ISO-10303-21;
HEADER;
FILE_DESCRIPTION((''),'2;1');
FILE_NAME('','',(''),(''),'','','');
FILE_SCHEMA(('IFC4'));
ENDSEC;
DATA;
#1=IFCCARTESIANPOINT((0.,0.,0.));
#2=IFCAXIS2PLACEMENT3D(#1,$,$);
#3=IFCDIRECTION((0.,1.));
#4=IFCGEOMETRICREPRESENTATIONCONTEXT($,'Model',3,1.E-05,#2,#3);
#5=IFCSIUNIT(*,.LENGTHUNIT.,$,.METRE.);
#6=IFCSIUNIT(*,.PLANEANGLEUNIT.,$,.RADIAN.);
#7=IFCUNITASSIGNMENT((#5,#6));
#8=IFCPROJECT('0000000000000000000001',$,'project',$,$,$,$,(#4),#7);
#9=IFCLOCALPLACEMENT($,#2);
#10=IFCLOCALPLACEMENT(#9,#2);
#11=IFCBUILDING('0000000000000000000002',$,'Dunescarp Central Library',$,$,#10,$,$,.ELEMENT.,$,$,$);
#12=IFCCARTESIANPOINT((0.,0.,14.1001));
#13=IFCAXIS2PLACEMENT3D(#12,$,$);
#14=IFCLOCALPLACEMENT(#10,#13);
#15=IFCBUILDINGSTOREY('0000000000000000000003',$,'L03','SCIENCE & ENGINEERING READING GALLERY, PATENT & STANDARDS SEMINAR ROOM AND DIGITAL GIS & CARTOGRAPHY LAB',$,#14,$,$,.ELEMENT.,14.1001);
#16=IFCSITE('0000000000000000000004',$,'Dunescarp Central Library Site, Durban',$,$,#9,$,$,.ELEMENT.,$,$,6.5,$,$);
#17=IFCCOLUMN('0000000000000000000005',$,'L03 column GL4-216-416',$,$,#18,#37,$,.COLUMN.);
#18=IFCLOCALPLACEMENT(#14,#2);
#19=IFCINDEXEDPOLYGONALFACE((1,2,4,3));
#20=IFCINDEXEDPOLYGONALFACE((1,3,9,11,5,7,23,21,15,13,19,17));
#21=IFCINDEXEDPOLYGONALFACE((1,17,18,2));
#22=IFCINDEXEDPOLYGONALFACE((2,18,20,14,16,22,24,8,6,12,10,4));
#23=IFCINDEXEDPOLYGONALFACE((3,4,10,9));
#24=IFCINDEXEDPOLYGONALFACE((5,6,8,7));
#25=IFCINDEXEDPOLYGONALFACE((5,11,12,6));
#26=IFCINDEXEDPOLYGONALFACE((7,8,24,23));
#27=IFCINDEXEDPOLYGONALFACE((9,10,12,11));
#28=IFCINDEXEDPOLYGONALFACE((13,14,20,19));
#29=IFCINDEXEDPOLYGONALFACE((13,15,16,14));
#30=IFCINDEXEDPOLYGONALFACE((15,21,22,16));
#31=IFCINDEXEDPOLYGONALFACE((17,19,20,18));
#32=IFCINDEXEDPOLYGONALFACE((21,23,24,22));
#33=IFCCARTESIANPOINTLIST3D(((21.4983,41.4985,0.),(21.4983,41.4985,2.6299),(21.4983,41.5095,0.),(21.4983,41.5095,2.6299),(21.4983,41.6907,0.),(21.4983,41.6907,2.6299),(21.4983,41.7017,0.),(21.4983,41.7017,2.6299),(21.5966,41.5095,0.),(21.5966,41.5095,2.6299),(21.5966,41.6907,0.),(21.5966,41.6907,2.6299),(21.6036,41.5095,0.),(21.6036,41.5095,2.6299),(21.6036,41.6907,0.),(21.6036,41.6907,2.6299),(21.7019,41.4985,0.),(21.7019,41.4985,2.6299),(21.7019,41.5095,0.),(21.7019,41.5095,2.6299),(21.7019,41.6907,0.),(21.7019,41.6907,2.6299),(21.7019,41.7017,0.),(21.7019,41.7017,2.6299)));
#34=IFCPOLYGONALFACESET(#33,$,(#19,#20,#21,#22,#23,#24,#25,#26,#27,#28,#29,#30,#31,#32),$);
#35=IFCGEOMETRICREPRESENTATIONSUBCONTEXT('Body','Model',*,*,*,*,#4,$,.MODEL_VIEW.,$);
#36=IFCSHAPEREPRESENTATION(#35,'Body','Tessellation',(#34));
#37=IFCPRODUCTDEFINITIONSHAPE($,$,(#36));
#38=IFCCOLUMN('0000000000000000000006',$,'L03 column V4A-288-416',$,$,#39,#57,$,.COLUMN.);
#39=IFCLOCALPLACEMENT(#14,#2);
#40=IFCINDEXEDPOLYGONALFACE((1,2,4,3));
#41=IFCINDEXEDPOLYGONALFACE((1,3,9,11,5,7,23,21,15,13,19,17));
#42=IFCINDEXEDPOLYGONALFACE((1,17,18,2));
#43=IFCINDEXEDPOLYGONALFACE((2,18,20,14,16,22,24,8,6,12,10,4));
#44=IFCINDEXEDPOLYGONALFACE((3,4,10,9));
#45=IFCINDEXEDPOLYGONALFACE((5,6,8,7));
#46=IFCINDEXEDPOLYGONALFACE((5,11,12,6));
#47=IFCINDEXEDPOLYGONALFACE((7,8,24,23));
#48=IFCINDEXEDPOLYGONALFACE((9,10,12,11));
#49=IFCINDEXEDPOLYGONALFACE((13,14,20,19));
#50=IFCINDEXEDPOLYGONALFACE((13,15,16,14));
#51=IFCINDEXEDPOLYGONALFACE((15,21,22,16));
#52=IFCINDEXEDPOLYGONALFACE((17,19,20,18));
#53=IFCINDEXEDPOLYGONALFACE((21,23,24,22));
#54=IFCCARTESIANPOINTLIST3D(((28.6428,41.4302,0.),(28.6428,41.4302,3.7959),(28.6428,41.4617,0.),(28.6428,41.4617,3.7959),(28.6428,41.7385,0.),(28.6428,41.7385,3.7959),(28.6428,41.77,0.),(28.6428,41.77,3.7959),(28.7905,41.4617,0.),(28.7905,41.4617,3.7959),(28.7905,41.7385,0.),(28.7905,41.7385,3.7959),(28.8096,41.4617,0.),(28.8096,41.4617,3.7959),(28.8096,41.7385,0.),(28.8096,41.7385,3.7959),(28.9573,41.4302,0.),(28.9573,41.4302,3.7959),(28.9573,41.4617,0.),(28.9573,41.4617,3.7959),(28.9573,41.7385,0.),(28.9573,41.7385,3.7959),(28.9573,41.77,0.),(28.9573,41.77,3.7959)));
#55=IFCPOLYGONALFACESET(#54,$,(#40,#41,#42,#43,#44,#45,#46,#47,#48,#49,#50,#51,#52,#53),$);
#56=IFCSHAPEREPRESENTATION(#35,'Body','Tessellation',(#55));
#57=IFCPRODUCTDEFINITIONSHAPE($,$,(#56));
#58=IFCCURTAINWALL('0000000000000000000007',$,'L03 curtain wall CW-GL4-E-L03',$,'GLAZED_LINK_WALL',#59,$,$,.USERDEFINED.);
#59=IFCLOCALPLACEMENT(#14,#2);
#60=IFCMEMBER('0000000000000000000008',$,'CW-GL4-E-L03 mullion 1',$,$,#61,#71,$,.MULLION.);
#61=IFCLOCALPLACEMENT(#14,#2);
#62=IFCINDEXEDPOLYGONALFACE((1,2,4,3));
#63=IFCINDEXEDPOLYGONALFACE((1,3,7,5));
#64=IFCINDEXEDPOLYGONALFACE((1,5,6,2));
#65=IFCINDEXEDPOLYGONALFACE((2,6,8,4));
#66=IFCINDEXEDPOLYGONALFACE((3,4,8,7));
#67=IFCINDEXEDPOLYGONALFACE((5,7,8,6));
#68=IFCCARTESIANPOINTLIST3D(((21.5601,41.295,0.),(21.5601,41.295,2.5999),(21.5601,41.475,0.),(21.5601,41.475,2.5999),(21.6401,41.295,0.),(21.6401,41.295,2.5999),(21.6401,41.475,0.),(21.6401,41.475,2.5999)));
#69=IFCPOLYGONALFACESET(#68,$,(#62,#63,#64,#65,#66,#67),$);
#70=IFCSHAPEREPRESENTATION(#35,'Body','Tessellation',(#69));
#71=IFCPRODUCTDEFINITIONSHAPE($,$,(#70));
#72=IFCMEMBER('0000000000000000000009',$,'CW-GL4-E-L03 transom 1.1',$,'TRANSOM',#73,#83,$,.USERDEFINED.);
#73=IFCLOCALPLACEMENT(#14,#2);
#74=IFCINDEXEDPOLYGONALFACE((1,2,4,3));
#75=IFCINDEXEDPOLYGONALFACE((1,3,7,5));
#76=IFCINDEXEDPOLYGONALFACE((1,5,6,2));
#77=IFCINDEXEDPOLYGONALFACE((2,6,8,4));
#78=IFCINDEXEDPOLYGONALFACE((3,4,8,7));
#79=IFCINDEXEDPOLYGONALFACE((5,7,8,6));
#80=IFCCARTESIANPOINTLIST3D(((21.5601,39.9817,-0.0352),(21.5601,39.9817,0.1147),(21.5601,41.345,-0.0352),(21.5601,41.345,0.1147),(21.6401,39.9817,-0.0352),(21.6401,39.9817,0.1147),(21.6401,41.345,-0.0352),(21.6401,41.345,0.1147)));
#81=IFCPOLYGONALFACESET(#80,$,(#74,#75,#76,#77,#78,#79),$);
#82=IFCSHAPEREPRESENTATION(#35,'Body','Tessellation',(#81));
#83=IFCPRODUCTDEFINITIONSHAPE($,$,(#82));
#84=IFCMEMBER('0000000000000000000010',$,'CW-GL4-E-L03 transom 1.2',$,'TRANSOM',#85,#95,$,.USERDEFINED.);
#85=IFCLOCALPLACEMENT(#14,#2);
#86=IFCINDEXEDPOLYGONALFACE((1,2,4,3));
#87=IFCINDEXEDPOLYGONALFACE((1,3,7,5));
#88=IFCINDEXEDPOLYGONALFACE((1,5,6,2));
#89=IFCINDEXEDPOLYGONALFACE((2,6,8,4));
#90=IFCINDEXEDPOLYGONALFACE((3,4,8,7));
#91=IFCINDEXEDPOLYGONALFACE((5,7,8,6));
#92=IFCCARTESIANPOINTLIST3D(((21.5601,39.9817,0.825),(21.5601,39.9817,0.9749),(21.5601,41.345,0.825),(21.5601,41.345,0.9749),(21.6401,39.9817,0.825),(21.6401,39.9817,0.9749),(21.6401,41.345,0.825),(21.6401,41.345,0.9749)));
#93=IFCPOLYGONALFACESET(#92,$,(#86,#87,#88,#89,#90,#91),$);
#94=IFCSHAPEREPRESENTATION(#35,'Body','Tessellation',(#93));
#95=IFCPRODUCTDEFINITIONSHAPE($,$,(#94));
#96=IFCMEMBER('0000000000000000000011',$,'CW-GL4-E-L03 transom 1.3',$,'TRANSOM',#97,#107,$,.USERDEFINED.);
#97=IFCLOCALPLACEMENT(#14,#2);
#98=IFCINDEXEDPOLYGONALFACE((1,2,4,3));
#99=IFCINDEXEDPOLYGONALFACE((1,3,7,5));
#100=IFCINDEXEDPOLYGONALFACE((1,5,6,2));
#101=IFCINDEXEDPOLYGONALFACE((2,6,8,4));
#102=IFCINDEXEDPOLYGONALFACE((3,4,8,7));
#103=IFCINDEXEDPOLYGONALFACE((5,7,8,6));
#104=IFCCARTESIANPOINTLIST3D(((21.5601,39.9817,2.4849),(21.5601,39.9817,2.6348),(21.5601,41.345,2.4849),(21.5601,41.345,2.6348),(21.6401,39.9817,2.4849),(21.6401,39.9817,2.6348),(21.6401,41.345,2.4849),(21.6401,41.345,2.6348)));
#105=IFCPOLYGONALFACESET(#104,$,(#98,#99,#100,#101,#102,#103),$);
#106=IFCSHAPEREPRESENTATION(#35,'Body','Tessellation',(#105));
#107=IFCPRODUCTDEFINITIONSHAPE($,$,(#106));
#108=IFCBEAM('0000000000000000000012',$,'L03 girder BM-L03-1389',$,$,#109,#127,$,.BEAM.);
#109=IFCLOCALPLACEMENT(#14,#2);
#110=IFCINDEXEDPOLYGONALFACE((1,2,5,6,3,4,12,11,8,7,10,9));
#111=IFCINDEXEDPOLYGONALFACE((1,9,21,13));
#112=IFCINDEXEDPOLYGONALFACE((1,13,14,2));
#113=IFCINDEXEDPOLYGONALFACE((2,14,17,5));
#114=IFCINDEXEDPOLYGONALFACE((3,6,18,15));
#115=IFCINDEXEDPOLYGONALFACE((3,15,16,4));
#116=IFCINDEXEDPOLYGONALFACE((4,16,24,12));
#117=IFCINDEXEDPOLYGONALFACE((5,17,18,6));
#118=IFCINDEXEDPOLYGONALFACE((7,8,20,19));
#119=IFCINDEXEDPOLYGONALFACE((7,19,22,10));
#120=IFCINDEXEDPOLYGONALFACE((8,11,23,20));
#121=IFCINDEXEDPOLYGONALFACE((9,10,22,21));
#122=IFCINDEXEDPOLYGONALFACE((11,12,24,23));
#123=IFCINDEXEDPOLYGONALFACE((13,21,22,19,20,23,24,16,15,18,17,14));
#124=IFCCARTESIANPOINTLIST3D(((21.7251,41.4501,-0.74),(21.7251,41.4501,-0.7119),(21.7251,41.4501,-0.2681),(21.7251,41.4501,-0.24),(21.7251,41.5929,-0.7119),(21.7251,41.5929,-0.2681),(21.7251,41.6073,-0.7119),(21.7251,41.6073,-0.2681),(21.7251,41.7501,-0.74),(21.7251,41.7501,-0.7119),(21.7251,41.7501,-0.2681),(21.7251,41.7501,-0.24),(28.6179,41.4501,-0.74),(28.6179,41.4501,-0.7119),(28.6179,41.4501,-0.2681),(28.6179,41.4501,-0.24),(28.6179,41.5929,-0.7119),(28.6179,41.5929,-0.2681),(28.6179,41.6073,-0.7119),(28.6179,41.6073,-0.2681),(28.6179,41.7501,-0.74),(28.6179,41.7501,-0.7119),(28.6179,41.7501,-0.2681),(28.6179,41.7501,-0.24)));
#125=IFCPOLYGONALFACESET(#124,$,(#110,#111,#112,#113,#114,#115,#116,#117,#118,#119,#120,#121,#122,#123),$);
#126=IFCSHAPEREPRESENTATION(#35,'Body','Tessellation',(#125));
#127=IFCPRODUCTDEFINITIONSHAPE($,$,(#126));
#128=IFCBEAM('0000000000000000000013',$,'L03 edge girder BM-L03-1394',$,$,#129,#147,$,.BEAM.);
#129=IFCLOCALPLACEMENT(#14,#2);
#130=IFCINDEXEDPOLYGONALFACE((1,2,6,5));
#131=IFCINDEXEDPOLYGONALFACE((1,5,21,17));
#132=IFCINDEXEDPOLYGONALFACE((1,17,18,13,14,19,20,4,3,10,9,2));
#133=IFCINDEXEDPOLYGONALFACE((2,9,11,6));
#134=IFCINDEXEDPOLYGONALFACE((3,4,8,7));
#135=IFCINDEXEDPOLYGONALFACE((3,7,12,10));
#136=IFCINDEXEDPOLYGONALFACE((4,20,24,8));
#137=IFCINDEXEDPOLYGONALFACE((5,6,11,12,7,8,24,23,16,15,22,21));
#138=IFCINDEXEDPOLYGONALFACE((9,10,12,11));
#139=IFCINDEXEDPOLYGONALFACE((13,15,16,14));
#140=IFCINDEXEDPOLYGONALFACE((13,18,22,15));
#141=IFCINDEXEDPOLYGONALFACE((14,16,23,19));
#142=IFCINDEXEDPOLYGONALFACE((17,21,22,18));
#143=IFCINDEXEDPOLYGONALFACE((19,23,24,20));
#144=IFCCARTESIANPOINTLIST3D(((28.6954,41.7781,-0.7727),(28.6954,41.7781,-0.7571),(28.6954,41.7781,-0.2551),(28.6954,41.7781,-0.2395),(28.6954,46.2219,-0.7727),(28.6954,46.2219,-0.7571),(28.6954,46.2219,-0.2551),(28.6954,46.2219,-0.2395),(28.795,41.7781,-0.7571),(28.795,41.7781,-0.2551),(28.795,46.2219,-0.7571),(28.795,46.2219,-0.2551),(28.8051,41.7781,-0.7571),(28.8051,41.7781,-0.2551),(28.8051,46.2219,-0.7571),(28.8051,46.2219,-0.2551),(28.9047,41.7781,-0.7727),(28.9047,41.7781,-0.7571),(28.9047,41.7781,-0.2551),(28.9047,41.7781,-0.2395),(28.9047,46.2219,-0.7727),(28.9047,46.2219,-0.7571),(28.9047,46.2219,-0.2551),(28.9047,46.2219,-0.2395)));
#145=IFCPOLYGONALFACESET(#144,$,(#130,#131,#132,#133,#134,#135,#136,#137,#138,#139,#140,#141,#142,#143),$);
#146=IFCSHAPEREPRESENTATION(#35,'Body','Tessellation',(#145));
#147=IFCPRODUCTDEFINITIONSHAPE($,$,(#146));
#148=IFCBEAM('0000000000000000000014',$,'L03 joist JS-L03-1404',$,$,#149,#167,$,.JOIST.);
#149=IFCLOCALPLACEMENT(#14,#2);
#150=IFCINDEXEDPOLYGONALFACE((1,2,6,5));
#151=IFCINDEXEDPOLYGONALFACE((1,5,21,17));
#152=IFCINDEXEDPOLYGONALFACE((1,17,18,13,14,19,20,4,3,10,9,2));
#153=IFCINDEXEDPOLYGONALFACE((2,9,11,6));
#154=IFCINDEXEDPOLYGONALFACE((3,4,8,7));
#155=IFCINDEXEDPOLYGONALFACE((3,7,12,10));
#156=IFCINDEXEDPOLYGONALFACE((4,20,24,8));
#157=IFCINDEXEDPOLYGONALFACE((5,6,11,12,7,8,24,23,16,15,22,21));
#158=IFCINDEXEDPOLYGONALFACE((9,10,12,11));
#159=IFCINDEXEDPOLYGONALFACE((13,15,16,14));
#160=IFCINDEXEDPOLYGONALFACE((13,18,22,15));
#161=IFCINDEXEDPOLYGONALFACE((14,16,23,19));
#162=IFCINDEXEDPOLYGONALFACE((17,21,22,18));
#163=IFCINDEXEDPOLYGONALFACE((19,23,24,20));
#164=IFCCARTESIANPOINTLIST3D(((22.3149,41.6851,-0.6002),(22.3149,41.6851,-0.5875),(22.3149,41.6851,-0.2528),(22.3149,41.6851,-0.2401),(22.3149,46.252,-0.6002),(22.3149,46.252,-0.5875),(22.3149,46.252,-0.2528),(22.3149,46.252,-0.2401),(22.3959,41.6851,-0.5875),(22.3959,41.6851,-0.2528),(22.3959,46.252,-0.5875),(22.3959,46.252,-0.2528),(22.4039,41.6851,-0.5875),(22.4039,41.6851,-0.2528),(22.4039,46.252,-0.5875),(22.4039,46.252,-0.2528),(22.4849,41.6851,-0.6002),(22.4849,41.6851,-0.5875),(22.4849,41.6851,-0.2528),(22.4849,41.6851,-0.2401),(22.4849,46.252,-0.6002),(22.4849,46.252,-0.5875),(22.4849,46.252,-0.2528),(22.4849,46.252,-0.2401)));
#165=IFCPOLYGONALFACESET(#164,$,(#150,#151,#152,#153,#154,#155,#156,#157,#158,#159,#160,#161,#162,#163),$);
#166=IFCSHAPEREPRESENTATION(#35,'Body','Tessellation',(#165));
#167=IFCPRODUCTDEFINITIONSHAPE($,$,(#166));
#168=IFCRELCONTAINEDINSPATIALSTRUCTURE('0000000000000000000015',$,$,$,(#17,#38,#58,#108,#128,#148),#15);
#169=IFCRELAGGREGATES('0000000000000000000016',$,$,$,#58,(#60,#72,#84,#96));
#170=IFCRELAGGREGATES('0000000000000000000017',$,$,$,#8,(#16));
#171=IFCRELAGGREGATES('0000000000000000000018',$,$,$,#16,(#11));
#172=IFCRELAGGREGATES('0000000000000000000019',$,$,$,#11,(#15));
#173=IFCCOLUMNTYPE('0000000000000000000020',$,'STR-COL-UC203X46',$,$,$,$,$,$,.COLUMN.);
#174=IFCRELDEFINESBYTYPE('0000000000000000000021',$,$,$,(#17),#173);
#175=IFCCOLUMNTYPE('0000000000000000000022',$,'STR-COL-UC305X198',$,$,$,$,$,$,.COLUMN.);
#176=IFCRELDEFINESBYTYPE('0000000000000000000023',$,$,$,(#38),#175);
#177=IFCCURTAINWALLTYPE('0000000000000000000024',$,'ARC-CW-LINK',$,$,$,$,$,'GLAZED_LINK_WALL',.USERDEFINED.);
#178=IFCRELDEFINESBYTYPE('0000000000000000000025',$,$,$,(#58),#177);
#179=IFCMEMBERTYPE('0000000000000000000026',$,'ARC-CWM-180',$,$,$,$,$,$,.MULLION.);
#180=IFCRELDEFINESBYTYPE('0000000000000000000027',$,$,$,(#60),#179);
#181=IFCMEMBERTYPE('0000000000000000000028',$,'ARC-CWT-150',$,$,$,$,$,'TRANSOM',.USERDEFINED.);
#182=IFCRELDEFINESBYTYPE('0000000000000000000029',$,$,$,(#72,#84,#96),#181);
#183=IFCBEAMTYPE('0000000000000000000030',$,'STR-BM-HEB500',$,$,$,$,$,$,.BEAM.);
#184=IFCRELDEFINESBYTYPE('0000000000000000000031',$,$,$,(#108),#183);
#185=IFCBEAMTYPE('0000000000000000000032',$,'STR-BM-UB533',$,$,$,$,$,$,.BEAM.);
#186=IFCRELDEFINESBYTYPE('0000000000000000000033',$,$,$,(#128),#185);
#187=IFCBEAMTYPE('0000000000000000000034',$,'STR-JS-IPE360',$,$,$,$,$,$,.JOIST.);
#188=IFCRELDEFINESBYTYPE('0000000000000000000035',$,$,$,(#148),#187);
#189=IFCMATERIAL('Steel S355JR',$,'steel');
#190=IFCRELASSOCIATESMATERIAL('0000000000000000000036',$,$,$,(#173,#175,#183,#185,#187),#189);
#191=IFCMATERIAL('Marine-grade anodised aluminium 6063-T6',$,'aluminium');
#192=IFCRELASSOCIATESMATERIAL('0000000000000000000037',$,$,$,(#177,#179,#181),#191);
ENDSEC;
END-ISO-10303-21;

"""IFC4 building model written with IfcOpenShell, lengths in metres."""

from ifc_helpers import new_model, si_unit, direction, frame, origin, origin_2d, place, context, subcontext, project, spatial, rectangle, i_section, extrude, material, material_profile, profile_set, type_object, element, aggregate, save


model = new_model("IFC4")

# Units and contexts
model_context = context("Model", 3, precision=1e-05, world=origin(), true_north=direction((0.0, 1.0)))
body_context = subcontext(model_context, "Body", "Model", "MODEL_VIEW")
ifc_project = project(units=[si_unit("LENGTHUNIT", "METRE"), si_unit("PLANEANGLEUNIT", "RADIAN")], contexts=[model_context])

# Site, building, storey
site_placement = place(None, origin())
site = spatial("IfcSite", under=ifc_project, at=site_placement, Name="Dunescarp Central Library Site, Durban", CompositionType="ELEMENT", RefElevation=6.5)
building_placement = place(site_placement, origin())
building = spatial("IfcBuilding", under=site, at=building_placement, Name="Dunescarp Central Library", CompositionType="ELEMENT")
storey_placement = place(building_placement, frame((0.0, 0.0, 14.1001)))
storey = spatial("IfcBuildingStorey", under=building, at=storey_placement, Name="L03", Description="SCIENCE & ENGINEERING READING GALLERY, PATENT & STANDARDS SEMINAR ROOM AND DIGITAL GIS & CARTOGRAPHY LAB", CompositionType="ELEMENT", Elevation=14.1001)

# Columns
ifc_material_1 = material(Name="Steel S355JR", Category="steel")
ifc_material_profile_1 = material_profile(ifc_material_1, i_section(OverallWidth=0.2036, OverallDepth=0.2031, WebThickness=0.0071, FlangeThickness=0.011, at=origin_2d()), Name="UC 203x203x46")
ifc_profile_set_1 = profile_set([ifc_material_profile_1], Name="Steel S355JR")
column_type_1 = type_object("IfcColumnType", Name="STR-COL-UC203X46", PredefinedType="COLUMN", material=ifc_profile_set_1)
column_1_placement = place(storey_placement, frame((21.6001, 41.6001, 0.0), z_axis=(0.0, 0.0, 1.0), x_axis=(1.0, 0.0, 0.0)))
element("IfcColumn", 1, at=column_1_placement, inside=storey, type_object=column_type_1, Name="L03 column GL4-216-416", PredefinedType="COLUMN", context=body_context, shape_type="SweptSolid", body=[
    extrude(i_section(OverallWidth=0.2036, OverallDepth=0.2031, WebThickness=0.0071, FlangeThickness=0.011, at=origin_2d()), origin(), (0.0, 0.0, 1.0), 2.6299),
])
ifc_material_profile_2 = material_profile(ifc_material_1, i_section(OverallWidth=0.3145, OverallDepth=0.3398, WebThickness=0.019, FlangeThickness=0.0315, at=origin_2d()), Name="UC 305x305x198")
ifc_profile_set_2 = profile_set([ifc_material_profile_2], Name="Steel S355JR")
column_type_2 = type_object("IfcColumnType", Name="STR-COL-UC305X198", PredefinedType="COLUMN", material=ifc_profile_set_2)
column_2_placement = place(storey_placement, frame((28.8, 41.6001, 0.0), z_axis=(0.0, 0.0, 1.0), x_axis=(1.0, 0.0, 0.0)))
element("IfcColumn", 2, at=column_2_placement, inside=storey, type_object=column_type_2, Name="L03 column V4A-288-416", PredefinedType="COLUMN", context=body_context, shape_type="SweptSolid", body=[
    extrude(i_section(OverallWidth=0.3145, OverallDepth=0.3398, WebThickness=0.019, FlangeThickness=0.0315, at=origin_2d()), origin(), (0.0, 0.0, 1.0), 3.7959),
])

# Curtain wall, members
ifc_material_2 = material(Name="Marine-grade anodised aluminium 6063-T6", Category="aluminium")
curtain_wall_type = type_object("IfcCurtainWallType", Name="ARC-CW-LINK", ElementType="GLAZED_LINK_WALL", PredefinedType="USERDEFINED", material=ifc_material_2)
curtain_wall_placement = place(storey_placement, origin())
curtain_wall = element("IfcCurtainWall", 3, at=curtain_wall_placement, inside=storey, type_object=curtain_wall_type, Name="L03 curtain wall CW-GL4-E-L03", ObjectType="GLAZED_LINK_WALL", PredefinedType="USERDEFINED")
ifc_material_profile_3 = material_profile(ifc_material_2, rectangle(XDim=0.0801, YDim=0.1799, at=origin_2d()), Name="AL 80x180")
ifc_profile_set_3 = profile_set([ifc_material_profile_3], Name="Marine-grade anodised aluminium 6063-T6")
member_type_1 = type_object("IfcMemberType", Name="ARC-CWM-180", PredefinedType="MULLION", material=ifc_profile_set_3)
member_1_placement = place(storey_placement, frame((21.6001, 41.385, 0.0), z_axis=(0.0, 0.0, 1.0), x_axis=(1.0, 0.0, 0.0)))
member_1 = element("IfcMember", 4, at=member_1_placement, type_object=member_type_1, Name="CW-GL4-E-L03 mullion 1", PredefinedType="MULLION", context=body_context, shape_type="SweptSolid", body=[
    extrude(rectangle(XDim=0.0801, YDim=0.1799, at=origin_2d()), origin(), (0.0, 0.0, 1.0), 2.5999),
])
ifc_material_profile_4 = material_profile(ifc_material_2, rectangle(XDim=0.0801, YDim=0.1499, at=origin_2d()), Name="AL 80x150")
ifc_profile_set_4 = profile_set([ifc_material_profile_4], Name="Marine-grade anodised aluminium 6063-T6")
member_type_2 = type_object("IfcMemberType", Name="ARC-CWT-150", ElementType="TRANSOM", PredefinedType="USERDEFINED", material=ifc_profile_set_4)
member_2_placement = place(storey_placement, frame((21.6001, 41.345, 0.0398), z_axis=(0.0, -1.0, 0.0), x_axis=(1.0, 0.0, 0.0)))
member_2 = element("IfcMember", 5, at=member_2_placement, type_object=member_type_2, Name="CW-GL4-E-L03 transom 1.1", ObjectType="TRANSOM", PredefinedType="USERDEFINED", context=body_context, shape_type="SweptSolid", body=[
    extrude(rectangle(XDim=0.0801, YDim=0.1499, at=origin_2d()), origin(), (0.0, 0.0, 1.0), 1.3633),
])
member_3_placement = place(storey_placement, frame((21.6001, 41.345, 0.8999), z_axis=(0.0, -1.0, 0.0), x_axis=(1.0, 0.0, 0.0)))
member_3 = element("IfcMember", 6, at=member_3_placement, type_object=member_type_2, Name="CW-GL4-E-L03 transom 1.2", ObjectType="TRANSOM", PredefinedType="USERDEFINED", context=body_context, shape_type="SweptSolid", body=[
    extrude(rectangle(XDim=0.0801, YDim=0.1499, at=origin_2d()), origin(), (0.0, 0.0, 1.0), 1.3633),
])
member_4_placement = place(storey_placement, frame((21.6001, 41.345, 2.5598), z_axis=(0.0, -1.0, 0.0), x_axis=(1.0, 0.0, 0.0)))
member_4 = element("IfcMember", 7, at=member_4_placement, type_object=member_type_2, Name="CW-GL4-E-L03 transom 1.3", ObjectType="TRANSOM", PredefinedType="USERDEFINED", context=body_context, shape_type="SweptSolid", body=[
    extrude(rectangle(XDim=0.0801, YDim=0.1499, at=origin_2d()), origin(), (0.0, 0.0, 1.0), 1.3633),
])
aggregate(curtain_wall, [member_1, member_2, member_3, member_4])

# Beams
ifc_material_profile_5 = material_profile(ifc_material_1, i_section(OverallWidth=0.3, OverallDepth=0.5, WebThickness=0.0144, FlangeThickness=0.0281, at=origin_2d()), Name="HEB 500")
ifc_profile_set_5 = profile_set([ifc_material_profile_5], Name="Steel S355JR")
beam_type_1 = type_object("IfcBeamType", Name="STR-BM-HEB500", PredefinedType="BEAM", material=ifc_profile_set_5)
beam_1_placement = place(storey_placement, frame((21.7251, 41.6001, -0.49), z_axis=(1.0, 0.0, 0.0), x_axis=(0.0, 1.0, 0.0)))
element("IfcBeam", 8, at=beam_1_placement, inside=storey, type_object=beam_type_1, Name="L03 girder BM-L03-1389", PredefinedType="BEAM", context=body_context, shape_type="SweptSolid", body=[
    extrude(i_section(OverallWidth=0.3, OverallDepth=0.5, WebThickness=0.0144, FlangeThickness=0.0281, at=origin_2d()), origin(), (0.0, 0.0, 1.0), 6.8928),
])
ifc_material_profile_6 = material_profile(ifc_material_1, i_section(OverallWidth=0.2092, OverallDepth=0.5332, WebThickness=0.01, FlangeThickness=0.0156, at=origin_2d()), Name="UB 533x210x92")
ifc_profile_set_6 = profile_set([ifc_material_profile_6], Name="Steel S355JR")
beam_type_2 = type_object("IfcBeamType", Name="STR-BM-UB533", PredefinedType="BEAM", material=ifc_profile_set_6)
beam_2_placement = place(storey_placement, frame((28.8, 41.7781, -0.5061), z_axis=(0.0, 1.0, 0.0), x_axis=(-1.0, 0.0, 0.0)))
element("IfcBeam", 9, at=beam_2_placement, inside=storey, type_object=beam_type_2, Name="L03 edge girder BM-L03-1394", PredefinedType="BEAM", context=body_context, shape_type="SweptSolid", body=[
    extrude(i_section(OverallWidth=0.2092, OverallDepth=0.5332, WebThickness=0.01, FlangeThickness=0.0156, at=origin_2d()), origin(), (0.0, 0.0, 1.0), 4.4438),
])
ifc_material_profile_7 = material_profile(ifc_material_1, i_section(OverallWidth=0.1699, OverallDepth=0.3601, WebThickness=0.0081, FlangeThickness=0.0127, at=origin_2d()), Name="IPE 360")
ifc_profile_set_7 = profile_set([ifc_material_profile_7], Name="Steel S355JR")
beam_type_3 = type_object("IfcBeamType", Name="STR-JS-IPE360", PredefinedType="JOIST", material=ifc_profile_set_7)
for number, where, z_axis, x_axis, name in (
    (10, (22.3999, 41.6851, -0.4202), (0.0, 1.0, 0.0), (-1.0, 0.0, 0.0), "L03 joist JS-L03-1404"),
):
    element("IfcBeam", number, at=place(storey_placement, frame(where, z_axis=z_axis, x_axis=x_axis)), inside=storey, type_object=beam_type_3, Name=name, PredefinedType="JOIST", context=body_context, shape_type="SweptSolid", body=[
        extrude(i_section(OverallWidth=0.1699, OverallDepth=0.3601, WebThickness=0.0081, FlangeThickness=0.0127, at=origin_2d()), origin(), (0.0, 0.0, 1.0), 4.5669),
    ])

save(model, "model.ifc")
